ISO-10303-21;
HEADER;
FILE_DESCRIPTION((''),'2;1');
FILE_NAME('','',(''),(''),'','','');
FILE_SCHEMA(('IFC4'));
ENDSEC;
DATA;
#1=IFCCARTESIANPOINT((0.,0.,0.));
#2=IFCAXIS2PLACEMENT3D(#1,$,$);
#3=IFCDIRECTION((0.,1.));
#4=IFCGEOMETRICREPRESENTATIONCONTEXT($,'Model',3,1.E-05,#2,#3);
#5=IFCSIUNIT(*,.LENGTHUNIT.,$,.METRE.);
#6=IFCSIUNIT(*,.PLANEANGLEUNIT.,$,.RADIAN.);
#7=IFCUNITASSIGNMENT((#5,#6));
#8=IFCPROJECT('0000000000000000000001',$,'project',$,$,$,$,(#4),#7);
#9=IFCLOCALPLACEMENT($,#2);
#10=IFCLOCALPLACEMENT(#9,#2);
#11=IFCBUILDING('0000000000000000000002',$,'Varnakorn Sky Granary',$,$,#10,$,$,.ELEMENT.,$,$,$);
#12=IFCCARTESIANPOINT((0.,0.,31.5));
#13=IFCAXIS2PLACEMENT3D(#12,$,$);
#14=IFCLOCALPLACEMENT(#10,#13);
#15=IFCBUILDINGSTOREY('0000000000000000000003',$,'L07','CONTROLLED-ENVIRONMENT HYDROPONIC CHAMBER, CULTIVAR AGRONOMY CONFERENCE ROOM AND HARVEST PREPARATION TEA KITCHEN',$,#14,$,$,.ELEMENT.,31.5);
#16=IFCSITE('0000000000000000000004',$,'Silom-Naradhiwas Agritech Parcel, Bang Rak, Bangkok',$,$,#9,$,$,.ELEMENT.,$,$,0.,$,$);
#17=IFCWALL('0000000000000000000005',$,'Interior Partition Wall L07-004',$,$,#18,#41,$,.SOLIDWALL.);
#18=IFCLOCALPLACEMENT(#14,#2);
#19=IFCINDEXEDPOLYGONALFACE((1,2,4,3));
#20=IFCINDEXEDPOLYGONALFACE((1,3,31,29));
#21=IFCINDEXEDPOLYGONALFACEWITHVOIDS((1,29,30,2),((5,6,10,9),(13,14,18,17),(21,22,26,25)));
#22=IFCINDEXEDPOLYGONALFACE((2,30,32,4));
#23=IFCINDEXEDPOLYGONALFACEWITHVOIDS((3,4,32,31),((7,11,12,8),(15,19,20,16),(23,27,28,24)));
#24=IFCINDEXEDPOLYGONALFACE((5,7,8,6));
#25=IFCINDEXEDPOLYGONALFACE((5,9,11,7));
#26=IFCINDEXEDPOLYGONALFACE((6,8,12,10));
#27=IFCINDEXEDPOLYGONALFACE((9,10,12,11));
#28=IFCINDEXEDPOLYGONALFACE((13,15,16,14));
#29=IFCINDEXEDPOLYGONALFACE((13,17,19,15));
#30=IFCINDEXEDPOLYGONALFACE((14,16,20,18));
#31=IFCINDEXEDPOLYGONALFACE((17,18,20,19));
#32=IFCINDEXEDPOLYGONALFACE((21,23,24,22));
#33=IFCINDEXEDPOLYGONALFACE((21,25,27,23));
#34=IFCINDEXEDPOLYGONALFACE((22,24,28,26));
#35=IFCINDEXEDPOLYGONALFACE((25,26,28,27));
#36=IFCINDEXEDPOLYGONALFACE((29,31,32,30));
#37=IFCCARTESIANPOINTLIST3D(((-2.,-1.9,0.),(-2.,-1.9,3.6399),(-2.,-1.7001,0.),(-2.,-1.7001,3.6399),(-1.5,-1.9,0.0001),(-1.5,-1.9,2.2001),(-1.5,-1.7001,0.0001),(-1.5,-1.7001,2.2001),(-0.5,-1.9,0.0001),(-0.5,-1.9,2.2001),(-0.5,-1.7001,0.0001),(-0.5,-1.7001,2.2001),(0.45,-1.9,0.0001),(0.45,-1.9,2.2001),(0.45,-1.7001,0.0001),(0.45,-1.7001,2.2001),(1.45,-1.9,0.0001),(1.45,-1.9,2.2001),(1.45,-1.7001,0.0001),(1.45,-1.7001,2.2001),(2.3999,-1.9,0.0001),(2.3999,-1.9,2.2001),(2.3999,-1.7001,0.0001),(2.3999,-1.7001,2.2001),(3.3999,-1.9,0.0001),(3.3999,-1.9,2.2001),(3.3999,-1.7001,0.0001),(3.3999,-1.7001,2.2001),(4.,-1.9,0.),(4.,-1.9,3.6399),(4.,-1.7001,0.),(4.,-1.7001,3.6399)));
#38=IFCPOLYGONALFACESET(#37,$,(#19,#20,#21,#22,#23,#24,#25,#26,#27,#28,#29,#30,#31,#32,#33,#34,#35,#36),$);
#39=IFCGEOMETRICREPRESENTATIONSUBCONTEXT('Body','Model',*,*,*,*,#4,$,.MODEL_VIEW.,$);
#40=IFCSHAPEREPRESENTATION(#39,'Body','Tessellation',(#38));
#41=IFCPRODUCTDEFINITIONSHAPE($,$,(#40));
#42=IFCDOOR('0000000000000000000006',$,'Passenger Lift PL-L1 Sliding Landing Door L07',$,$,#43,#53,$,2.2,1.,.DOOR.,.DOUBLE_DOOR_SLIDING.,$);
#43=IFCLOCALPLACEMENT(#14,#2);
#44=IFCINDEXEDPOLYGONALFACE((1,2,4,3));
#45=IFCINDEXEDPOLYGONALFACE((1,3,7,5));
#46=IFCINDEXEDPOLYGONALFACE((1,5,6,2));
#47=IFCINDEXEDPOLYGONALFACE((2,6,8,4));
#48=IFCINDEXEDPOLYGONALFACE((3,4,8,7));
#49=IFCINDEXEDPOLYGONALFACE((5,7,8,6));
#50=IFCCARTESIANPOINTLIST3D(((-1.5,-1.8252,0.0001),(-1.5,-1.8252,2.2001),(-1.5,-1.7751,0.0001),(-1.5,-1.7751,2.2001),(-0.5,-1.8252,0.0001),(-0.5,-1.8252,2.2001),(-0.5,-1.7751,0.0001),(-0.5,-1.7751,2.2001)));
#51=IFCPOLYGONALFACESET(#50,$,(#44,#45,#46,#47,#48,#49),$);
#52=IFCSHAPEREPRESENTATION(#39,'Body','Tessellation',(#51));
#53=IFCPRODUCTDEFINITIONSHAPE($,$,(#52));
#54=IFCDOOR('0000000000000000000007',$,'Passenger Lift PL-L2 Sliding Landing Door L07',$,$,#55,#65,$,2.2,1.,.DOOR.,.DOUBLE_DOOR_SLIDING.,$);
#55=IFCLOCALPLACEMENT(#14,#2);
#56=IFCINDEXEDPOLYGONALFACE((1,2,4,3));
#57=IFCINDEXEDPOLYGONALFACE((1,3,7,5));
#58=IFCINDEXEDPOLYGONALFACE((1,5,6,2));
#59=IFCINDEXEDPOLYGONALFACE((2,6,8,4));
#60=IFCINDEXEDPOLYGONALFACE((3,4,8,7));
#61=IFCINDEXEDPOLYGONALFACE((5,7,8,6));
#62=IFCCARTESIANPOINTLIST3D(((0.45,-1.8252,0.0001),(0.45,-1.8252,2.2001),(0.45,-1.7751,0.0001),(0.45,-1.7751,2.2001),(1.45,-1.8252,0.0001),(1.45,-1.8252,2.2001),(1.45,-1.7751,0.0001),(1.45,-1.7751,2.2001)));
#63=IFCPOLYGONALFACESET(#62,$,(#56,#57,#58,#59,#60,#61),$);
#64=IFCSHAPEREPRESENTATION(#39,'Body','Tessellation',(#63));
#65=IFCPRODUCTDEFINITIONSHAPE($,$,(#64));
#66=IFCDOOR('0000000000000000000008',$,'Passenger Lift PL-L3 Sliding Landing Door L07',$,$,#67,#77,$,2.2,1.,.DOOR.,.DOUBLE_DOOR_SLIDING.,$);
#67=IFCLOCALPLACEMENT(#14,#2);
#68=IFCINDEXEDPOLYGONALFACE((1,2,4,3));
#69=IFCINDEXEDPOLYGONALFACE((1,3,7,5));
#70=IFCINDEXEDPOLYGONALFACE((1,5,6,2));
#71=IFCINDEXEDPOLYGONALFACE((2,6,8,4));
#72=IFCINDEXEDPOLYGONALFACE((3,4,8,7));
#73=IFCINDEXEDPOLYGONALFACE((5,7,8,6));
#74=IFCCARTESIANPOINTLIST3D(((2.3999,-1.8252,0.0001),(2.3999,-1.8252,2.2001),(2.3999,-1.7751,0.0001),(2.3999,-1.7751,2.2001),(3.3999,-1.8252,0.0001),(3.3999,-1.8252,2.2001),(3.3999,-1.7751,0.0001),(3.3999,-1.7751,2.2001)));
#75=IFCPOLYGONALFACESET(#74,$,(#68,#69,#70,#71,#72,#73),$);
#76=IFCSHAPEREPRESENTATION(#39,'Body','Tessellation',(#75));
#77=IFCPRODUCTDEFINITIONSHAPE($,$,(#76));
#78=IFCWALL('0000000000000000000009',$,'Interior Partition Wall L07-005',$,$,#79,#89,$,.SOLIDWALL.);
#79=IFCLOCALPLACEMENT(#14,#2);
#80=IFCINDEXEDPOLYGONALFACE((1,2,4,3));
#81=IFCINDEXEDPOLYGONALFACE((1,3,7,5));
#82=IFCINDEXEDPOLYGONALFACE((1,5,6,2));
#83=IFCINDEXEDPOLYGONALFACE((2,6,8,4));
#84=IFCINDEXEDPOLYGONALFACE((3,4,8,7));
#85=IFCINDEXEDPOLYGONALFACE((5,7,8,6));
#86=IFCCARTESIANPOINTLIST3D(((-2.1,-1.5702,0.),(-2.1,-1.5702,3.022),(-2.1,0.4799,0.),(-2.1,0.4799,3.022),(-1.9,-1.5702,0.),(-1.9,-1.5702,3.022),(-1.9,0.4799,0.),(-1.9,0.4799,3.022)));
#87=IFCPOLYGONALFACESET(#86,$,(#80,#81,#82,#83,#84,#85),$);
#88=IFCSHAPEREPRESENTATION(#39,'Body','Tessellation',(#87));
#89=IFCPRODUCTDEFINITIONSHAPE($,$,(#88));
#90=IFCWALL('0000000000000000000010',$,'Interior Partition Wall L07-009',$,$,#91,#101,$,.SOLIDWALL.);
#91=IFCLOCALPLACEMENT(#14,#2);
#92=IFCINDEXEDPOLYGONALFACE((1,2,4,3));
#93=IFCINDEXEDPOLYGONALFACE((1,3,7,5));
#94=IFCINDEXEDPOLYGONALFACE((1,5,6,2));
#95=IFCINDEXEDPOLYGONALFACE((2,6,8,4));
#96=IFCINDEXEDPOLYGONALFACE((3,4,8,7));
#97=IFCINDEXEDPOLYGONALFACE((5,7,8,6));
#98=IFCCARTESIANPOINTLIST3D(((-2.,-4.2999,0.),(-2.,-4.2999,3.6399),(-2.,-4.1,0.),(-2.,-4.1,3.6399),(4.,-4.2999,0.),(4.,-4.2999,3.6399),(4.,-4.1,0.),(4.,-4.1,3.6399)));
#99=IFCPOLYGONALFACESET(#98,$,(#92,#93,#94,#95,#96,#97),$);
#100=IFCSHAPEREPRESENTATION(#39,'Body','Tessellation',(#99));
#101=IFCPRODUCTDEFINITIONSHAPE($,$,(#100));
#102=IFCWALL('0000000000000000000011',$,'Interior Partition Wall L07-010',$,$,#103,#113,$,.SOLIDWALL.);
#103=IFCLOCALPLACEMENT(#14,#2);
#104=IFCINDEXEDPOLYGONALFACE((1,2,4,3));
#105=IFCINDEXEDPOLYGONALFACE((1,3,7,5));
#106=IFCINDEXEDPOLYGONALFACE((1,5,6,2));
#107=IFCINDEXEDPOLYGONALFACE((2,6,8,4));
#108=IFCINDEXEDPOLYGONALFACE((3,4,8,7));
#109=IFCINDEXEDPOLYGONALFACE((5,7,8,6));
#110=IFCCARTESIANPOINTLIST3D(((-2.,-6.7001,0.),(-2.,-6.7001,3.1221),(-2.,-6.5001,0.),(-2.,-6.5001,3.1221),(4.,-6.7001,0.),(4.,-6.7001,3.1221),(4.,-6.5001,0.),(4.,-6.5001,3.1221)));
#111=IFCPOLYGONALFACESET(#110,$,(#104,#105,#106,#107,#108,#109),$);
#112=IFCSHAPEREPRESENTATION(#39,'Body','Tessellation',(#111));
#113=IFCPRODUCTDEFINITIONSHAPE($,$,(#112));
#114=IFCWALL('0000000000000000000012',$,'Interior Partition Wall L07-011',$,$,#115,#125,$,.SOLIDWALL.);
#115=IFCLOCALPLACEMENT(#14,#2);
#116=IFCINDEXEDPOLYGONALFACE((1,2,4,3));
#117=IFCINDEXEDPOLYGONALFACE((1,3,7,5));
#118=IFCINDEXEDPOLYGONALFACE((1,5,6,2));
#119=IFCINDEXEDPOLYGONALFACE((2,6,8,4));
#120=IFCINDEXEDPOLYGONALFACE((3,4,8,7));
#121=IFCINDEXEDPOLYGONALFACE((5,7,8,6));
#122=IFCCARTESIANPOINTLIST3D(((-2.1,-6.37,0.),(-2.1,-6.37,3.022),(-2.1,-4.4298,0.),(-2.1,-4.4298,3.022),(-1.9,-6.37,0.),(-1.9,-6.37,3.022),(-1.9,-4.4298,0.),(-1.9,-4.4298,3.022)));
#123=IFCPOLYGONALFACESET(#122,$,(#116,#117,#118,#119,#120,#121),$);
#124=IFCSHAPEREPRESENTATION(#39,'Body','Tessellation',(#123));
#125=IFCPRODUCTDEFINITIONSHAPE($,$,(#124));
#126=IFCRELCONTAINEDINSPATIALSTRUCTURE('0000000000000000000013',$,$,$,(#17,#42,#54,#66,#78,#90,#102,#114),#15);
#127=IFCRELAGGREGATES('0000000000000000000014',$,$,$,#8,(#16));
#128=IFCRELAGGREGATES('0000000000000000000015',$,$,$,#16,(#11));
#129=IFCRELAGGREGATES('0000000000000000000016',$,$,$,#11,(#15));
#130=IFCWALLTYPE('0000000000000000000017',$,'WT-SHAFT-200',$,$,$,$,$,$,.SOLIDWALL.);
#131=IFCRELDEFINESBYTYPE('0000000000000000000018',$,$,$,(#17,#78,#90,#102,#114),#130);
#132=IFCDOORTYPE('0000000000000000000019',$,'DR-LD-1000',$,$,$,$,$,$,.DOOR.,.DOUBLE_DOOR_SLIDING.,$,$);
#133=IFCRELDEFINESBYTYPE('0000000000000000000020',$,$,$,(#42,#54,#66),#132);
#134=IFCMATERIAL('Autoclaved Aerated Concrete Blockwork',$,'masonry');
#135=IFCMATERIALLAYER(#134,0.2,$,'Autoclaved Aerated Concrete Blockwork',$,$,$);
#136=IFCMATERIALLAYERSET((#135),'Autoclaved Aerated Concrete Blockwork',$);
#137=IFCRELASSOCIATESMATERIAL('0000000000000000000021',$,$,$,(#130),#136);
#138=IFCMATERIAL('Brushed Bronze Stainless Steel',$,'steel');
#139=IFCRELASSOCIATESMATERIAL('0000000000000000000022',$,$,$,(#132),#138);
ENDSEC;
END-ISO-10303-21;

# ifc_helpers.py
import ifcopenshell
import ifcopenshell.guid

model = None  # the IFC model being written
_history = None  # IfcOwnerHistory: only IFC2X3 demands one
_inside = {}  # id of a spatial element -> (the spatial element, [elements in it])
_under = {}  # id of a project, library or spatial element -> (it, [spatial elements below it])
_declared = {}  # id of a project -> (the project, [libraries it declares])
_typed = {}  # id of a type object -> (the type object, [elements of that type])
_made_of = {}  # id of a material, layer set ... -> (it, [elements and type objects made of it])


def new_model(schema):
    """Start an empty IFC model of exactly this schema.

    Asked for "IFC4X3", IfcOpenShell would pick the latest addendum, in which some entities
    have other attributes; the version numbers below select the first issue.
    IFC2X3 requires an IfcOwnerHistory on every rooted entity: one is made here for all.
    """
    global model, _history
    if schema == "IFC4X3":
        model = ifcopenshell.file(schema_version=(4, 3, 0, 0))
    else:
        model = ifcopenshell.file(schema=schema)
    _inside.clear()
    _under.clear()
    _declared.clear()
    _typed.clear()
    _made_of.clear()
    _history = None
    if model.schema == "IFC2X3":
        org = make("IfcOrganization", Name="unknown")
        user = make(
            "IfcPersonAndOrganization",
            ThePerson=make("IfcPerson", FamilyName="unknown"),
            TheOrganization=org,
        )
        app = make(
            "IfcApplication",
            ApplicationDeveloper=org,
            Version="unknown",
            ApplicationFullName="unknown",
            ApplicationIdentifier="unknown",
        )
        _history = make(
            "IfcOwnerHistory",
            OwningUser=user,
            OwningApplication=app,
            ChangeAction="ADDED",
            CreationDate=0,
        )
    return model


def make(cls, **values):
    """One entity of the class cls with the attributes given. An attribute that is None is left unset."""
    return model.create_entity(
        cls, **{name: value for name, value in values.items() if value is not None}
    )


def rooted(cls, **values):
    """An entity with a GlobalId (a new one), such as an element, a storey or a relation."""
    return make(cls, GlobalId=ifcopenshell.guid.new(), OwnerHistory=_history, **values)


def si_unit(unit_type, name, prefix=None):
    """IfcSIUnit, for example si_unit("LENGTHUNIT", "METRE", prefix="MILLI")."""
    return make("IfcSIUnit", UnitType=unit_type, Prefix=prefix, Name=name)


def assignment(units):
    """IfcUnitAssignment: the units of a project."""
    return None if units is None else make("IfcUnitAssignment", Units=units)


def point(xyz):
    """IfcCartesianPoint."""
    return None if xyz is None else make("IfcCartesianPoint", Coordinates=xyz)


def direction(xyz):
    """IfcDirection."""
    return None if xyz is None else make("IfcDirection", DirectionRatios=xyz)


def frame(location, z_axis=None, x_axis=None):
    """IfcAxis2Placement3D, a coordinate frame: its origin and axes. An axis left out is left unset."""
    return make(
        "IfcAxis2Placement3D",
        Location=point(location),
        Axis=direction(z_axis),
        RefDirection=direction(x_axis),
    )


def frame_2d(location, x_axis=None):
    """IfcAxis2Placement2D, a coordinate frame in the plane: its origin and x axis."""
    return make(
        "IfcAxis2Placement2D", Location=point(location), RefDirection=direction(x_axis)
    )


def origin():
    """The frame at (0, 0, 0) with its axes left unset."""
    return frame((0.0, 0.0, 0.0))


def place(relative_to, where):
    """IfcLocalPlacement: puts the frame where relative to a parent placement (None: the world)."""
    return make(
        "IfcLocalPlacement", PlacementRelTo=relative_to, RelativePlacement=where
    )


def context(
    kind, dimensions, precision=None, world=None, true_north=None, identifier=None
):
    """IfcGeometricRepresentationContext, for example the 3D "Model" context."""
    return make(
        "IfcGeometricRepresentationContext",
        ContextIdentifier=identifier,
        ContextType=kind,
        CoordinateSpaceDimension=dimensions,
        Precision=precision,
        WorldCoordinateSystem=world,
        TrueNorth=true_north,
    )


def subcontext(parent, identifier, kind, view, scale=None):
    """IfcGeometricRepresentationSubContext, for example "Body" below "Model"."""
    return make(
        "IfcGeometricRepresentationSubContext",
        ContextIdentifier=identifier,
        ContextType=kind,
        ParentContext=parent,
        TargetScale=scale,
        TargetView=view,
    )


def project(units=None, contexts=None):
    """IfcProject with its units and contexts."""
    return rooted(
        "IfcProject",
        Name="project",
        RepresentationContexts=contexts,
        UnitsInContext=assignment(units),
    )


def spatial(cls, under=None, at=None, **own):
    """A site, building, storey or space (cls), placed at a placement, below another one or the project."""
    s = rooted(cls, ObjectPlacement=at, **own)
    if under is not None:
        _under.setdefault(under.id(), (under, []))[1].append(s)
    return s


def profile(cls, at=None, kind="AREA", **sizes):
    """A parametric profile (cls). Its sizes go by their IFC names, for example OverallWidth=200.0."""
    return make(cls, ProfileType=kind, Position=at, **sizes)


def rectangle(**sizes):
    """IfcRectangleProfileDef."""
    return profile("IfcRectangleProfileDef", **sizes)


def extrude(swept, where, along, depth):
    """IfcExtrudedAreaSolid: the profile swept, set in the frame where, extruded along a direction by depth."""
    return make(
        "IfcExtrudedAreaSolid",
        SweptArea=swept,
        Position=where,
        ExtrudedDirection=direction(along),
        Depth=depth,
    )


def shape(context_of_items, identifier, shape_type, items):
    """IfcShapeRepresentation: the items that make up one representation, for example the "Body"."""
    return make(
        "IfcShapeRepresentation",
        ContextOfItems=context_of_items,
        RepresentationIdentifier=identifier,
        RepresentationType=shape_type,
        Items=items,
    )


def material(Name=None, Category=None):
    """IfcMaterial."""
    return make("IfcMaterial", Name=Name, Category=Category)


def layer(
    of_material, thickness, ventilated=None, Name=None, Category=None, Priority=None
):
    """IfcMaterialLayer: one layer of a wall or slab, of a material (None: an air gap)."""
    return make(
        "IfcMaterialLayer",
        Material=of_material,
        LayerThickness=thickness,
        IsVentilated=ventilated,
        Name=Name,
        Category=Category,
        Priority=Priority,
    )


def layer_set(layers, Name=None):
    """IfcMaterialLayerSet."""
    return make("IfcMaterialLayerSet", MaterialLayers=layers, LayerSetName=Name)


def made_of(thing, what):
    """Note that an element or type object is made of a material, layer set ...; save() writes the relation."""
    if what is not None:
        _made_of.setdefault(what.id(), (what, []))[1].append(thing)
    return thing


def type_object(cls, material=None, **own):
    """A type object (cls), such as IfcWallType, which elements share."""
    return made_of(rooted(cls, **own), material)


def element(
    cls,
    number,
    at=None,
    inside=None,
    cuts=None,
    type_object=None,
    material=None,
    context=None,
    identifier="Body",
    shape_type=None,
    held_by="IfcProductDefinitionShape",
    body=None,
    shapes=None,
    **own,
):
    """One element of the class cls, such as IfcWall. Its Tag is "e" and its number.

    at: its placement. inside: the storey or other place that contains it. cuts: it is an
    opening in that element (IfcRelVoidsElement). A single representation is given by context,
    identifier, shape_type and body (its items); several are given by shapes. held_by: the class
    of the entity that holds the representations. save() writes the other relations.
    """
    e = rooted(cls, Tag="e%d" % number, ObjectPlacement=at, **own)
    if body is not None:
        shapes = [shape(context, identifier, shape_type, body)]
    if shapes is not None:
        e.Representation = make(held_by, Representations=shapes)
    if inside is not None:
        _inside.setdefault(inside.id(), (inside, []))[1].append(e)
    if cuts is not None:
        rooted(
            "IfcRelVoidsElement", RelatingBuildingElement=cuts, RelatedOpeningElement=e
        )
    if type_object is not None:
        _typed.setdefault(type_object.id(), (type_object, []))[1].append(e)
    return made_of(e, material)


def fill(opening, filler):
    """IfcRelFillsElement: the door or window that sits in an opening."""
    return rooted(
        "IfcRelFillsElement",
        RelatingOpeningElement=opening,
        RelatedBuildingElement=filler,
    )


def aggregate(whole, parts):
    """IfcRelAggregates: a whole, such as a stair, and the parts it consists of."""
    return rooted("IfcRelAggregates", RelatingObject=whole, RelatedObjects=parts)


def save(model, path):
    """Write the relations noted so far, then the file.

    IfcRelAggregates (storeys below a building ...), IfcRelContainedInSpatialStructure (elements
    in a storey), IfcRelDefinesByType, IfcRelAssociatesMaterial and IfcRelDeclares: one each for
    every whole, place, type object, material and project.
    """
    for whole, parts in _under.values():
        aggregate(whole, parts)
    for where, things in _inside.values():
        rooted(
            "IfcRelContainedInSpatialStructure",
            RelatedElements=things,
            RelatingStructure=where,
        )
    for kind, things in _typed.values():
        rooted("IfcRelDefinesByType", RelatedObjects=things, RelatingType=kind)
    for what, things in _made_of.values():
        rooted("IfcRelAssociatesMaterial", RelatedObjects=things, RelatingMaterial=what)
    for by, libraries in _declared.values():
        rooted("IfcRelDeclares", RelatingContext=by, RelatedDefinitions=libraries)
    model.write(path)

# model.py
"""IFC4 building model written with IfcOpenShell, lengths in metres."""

from ifc_helpers import new_model, si_unit, direction, frame, frame_2d, origin, place, context, subcontext, project, spatial, rectangle, extrude, material, layer, layer_set, type_object, element, fill, save


model = new_model("IFC4")

# Units and contexts
model_context = context("Model", 3, precision=1e-05, world=origin(), true_north=direction((0.0, 1.0)))
body_context = subcontext(model_context, "Body", "Model", "MODEL_VIEW")
ifc_project = project(units=[si_unit("LENGTHUNIT", "METRE"), si_unit("PLANEANGLEUNIT", "RADIAN")], contexts=[model_context])

# Site, building, storey
site_placement = place(None, origin())
site = spatial("IfcSite", under=ifc_project, at=site_placement, Name="Silom-Naradhiwas Agritech Parcel, Bang Rak, Bangkok", CompositionType="ELEMENT", RefElevation=0.0)
building_placement = place(site_placement, origin())
building = spatial("IfcBuilding", under=site, at=building_placement, Name="Varnakorn Sky Granary", CompositionType="ELEMENT")
storey_placement = place(building_placement, frame((0.0, 0.0, 31.5)))
storey = spatial("IfcBuildingStorey", under=building, at=storey_placement, Name="L07", Description="CONTROLLED-ENVIRONMENT HYDROPONIC CHAMBER, CULTIVAR AGRONOMY CONFERENCE ROOM AND HARVEST PREPARATION TEA KITCHEN", CompositionType="ELEMENT", Elevation=31.5)

# Shared definitions
ifc_material_1 = material(Name="Autoclaved Aerated Concrete Blockwork", Category="masonry")

# Wall, openings, doors
ifc_layer_1 = layer(ifc_material_1, 0.2, Name="Autoclaved Aerated Concrete Blockwork")
ifc_layer_set_1 = layer_set([ifc_layer_1], Name="Autoclaved Aerated Concrete Blockwork")
wall_type_1 = type_object("IfcWallType", Name="WT-SHAFT-200", PredefinedType="SOLIDWALL", material=ifc_layer_set_1)
wall_1_placement = place(storey_placement, frame((-2.0, -1.8, 0.0), z_axis=(0.0, 0.0, 1.0), x_axis=(1.0, 0.0, 0.0)))
wall_1 = element("IfcWall", 1, at=wall_1_placement, inside=storey, type_object=wall_type_1, Name="Interior Partition Wall L07-004", PredefinedType="SOLIDWALL", context=body_context, shape_type="SweptSolid", body=[
    extrude(rectangle(XDim=6.0, YDim=0.2, at=frame_2d((3.0, 0.0))), origin(), (0.0, 0.0, 1.0), 3.6399),
])
opening_1_placement = place(wall_1_placement, frame((0.5, 0.0, 0.0)))
opening_1 = element("IfcOpeningElement", 2, at=opening_1_placement, cuts=wall_1, PredefinedType="OPENING", context=body_context, shape_type="SweptSolid", body=[
    extrude(rectangle(XDim=1.0, YDim=2.2, at=frame_2d((0.5, 1.1001))), frame((0.0, 0.1099, 0.0), z_axis=(0.0, -1.0, 0.0), x_axis=(1.0, 0.0, 0.0)), (0.0, 0.0, 1.0), 0.22),
])
opening_2_placement = place(wall_1_placement, frame((2.45, 0.0, 0.0)))
opening_2 = element("IfcOpeningElement", 3, at=opening_2_placement, cuts=wall_1, PredefinedType="OPENING", context=body_context, shape_type="SweptSolid", body=[
    extrude(rectangle(XDim=1.0, YDim=2.2, at=frame_2d((0.5, 1.1001))), frame((0.0, 0.1099, 0.0), z_axis=(0.0, -1.0, 0.0), x_axis=(1.0, 0.0, 0.0)), (0.0, 0.0, 1.0), 0.22),
])
opening_3_placement = place(wall_1_placement, frame((4.3999, 0.0, 0.0)))
opening_3 = element("IfcOpeningElement", 4, at=opening_3_placement, cuts=wall_1, PredefinedType="OPENING", context=body_context, shape_type="SweptSolid", body=[
    extrude(rectangle(XDim=1.0, YDim=2.2, at=frame_2d((0.5, 1.1001))), frame((0.0, 0.1099, 0.0), z_axis=(0.0, -1.0, 0.0), x_axis=(1.0, 0.0, 0.0)), (0.0, 0.0, 1.0), 0.22),
])
ifc_material_2 = material(Name="Brushed Bronze Stainless Steel", Category="steel")
door_type_1 = type_object("IfcDoorType", Name="DR-LD-1000", OperationType="DOUBLE_DOOR_SLIDING", PredefinedType="DOOR", material=ifc_material_2)
door_1_placement = place(opening_1_placement, origin())
door_1 = element("IfcDoor", 5, at=door_1_placement, inside=storey, type_object=door_type_1, Name="Passenger Lift PL-L1 Sliding Landing Door L07", OperationType="DOUBLE_DOOR_SLIDING", OverallHeight=2.2, OverallWidth=1.0, PredefinedType="DOOR", context=body_context, shape_type="SweptSolid", body=[
    extrude(rectangle(XDim=1.0, YDim=2.2, at=frame_2d((0.5, 1.1001))), frame((0.0, 0.0249, 0.0), z_axis=(0.0, -1.0, 0.0), x_axis=(1.0, 0.0, 0.0)), (0.0, 0.0, 1.0), 0.05),
])
fill(opening_1, door_1)
door_2_placement = place(opening_2_placement, origin())
door_2 = element("IfcDoor", 6, at=door_2_placement, inside=storey, type_object=door_type_1, Name="Passenger Lift PL-L2 Sliding Landing Door L07", OperationType="DOUBLE_DOOR_SLIDING", OverallHeight=2.2, OverallWidth=1.0, PredefinedType="DOOR", context=body_context, shape_type="SweptSolid", body=[
    extrude(rectangle(XDim=1.0, YDim=2.2, at=frame_2d((0.5, 1.1001))), frame((0.0, 0.0249, 0.0), z_axis=(0.0, -1.0, 0.0), x_axis=(1.0, 0.0, 0.0)), (0.0, 0.0, 1.0), 0.05),
])
fill(opening_2, door_2)
door_3_placement = place(opening_3_placement, origin())
door_3 = element("IfcDoor", 7, at=door_3_placement, inside=storey, type_object=door_type_1, Name="Passenger Lift PL-L3 Sliding Landing Door L07", OperationType="DOUBLE_DOOR_SLIDING", OverallHeight=2.2, OverallWidth=1.0, PredefinedType="DOOR", context=body_context, shape_type="SweptSolid", body=[
    extrude(rectangle(XDim=1.0, YDim=2.2, at=frame_2d((0.5, 1.1001))), frame((0.0, 0.0249, 0.0), z_axis=(0.0, -1.0, 0.0), x_axis=(1.0, 0.0, 0.0)), (0.0, 0.0, 1.0), 0.05),
])
fill(opening_3, door_3)

# Walls
wall_2_placement = place(storey_placement, frame((-2.0, -1.5701, 0.0), z_axis=(0.0, 0.0, 1.0), x_axis=(0.0, 1.0, 0.0)))
element("IfcWall", 8, at=wall_2_placement, inside=storey, type_object=wall_type_1, Name="Interior Partition Wall L07-005", PredefinedType="SOLIDWALL", context=body_context, shape_type="SweptSolid", body=[
    extrude(rectangle(XDim=2.05, YDim=0.2, at=frame_2d((1.0249, 0.0))), origin(), (0.0, 0.0, 1.0), 3.022),
])
wall_3_placement = place(storey_placement, frame((-2.0, -4.2, 0.0), z_axis=(0.0, 0.0, 1.0), x_axis=(1.0, 0.0, 0.0)))
element("IfcWall", 9, at=wall_3_placement, inside=storey, type_object=wall_type_1, Name="Interior Partition Wall L07-009", PredefinedType="SOLIDWALL", context=body_context, shape_type="SweptSolid", body=[
    extrude(rectangle(XDim=6.0, YDim=0.2, at=frame_2d((3.0, 0.0))), origin(), (0.0, 0.0, 1.0), 3.6399),
])
wall_4_placement = place(storey_placement, frame((-2.0, -6.6001, 0.0), z_axis=(0.0, 0.0, 1.0), x_axis=(1.0, 0.0, 0.0)))
element("IfcWall", 10, at=wall_4_placement, inside=storey, type_object=wall_type_1, Name="Interior Partition Wall L07-010", PredefinedType="SOLIDWALL", context=body_context, shape_type="SweptSolid", body=[
    extrude(rectangle(XDim=6.0, YDim=0.2, at=frame_2d((3.0, 0.0))), origin(), (0.0, 0.0, 1.0), 3.1221),
])
wall_5_placement = place(storey_placement, frame((-2.0, -6.3701, 0.0), z_axis=(0.0, 0.0, 1.0), x_axis=(0.0, 1.0, 0.0)))
element("IfcWall", 11, at=wall_5_placement, inside=storey, type_object=wall_type_1, Name="Interior Partition Wall L07-011", PredefinedType="SOLIDWALL", context=body_context, shape_type="SweptSolid", body=[
    extrude(rectangle(XDim=1.9402, YDim=0.2, at=frame_2d((0.9702, 0.0))), origin(), (0.0, 0.0, 1.0), 3.022),
])

save(model, "model.ifc")
